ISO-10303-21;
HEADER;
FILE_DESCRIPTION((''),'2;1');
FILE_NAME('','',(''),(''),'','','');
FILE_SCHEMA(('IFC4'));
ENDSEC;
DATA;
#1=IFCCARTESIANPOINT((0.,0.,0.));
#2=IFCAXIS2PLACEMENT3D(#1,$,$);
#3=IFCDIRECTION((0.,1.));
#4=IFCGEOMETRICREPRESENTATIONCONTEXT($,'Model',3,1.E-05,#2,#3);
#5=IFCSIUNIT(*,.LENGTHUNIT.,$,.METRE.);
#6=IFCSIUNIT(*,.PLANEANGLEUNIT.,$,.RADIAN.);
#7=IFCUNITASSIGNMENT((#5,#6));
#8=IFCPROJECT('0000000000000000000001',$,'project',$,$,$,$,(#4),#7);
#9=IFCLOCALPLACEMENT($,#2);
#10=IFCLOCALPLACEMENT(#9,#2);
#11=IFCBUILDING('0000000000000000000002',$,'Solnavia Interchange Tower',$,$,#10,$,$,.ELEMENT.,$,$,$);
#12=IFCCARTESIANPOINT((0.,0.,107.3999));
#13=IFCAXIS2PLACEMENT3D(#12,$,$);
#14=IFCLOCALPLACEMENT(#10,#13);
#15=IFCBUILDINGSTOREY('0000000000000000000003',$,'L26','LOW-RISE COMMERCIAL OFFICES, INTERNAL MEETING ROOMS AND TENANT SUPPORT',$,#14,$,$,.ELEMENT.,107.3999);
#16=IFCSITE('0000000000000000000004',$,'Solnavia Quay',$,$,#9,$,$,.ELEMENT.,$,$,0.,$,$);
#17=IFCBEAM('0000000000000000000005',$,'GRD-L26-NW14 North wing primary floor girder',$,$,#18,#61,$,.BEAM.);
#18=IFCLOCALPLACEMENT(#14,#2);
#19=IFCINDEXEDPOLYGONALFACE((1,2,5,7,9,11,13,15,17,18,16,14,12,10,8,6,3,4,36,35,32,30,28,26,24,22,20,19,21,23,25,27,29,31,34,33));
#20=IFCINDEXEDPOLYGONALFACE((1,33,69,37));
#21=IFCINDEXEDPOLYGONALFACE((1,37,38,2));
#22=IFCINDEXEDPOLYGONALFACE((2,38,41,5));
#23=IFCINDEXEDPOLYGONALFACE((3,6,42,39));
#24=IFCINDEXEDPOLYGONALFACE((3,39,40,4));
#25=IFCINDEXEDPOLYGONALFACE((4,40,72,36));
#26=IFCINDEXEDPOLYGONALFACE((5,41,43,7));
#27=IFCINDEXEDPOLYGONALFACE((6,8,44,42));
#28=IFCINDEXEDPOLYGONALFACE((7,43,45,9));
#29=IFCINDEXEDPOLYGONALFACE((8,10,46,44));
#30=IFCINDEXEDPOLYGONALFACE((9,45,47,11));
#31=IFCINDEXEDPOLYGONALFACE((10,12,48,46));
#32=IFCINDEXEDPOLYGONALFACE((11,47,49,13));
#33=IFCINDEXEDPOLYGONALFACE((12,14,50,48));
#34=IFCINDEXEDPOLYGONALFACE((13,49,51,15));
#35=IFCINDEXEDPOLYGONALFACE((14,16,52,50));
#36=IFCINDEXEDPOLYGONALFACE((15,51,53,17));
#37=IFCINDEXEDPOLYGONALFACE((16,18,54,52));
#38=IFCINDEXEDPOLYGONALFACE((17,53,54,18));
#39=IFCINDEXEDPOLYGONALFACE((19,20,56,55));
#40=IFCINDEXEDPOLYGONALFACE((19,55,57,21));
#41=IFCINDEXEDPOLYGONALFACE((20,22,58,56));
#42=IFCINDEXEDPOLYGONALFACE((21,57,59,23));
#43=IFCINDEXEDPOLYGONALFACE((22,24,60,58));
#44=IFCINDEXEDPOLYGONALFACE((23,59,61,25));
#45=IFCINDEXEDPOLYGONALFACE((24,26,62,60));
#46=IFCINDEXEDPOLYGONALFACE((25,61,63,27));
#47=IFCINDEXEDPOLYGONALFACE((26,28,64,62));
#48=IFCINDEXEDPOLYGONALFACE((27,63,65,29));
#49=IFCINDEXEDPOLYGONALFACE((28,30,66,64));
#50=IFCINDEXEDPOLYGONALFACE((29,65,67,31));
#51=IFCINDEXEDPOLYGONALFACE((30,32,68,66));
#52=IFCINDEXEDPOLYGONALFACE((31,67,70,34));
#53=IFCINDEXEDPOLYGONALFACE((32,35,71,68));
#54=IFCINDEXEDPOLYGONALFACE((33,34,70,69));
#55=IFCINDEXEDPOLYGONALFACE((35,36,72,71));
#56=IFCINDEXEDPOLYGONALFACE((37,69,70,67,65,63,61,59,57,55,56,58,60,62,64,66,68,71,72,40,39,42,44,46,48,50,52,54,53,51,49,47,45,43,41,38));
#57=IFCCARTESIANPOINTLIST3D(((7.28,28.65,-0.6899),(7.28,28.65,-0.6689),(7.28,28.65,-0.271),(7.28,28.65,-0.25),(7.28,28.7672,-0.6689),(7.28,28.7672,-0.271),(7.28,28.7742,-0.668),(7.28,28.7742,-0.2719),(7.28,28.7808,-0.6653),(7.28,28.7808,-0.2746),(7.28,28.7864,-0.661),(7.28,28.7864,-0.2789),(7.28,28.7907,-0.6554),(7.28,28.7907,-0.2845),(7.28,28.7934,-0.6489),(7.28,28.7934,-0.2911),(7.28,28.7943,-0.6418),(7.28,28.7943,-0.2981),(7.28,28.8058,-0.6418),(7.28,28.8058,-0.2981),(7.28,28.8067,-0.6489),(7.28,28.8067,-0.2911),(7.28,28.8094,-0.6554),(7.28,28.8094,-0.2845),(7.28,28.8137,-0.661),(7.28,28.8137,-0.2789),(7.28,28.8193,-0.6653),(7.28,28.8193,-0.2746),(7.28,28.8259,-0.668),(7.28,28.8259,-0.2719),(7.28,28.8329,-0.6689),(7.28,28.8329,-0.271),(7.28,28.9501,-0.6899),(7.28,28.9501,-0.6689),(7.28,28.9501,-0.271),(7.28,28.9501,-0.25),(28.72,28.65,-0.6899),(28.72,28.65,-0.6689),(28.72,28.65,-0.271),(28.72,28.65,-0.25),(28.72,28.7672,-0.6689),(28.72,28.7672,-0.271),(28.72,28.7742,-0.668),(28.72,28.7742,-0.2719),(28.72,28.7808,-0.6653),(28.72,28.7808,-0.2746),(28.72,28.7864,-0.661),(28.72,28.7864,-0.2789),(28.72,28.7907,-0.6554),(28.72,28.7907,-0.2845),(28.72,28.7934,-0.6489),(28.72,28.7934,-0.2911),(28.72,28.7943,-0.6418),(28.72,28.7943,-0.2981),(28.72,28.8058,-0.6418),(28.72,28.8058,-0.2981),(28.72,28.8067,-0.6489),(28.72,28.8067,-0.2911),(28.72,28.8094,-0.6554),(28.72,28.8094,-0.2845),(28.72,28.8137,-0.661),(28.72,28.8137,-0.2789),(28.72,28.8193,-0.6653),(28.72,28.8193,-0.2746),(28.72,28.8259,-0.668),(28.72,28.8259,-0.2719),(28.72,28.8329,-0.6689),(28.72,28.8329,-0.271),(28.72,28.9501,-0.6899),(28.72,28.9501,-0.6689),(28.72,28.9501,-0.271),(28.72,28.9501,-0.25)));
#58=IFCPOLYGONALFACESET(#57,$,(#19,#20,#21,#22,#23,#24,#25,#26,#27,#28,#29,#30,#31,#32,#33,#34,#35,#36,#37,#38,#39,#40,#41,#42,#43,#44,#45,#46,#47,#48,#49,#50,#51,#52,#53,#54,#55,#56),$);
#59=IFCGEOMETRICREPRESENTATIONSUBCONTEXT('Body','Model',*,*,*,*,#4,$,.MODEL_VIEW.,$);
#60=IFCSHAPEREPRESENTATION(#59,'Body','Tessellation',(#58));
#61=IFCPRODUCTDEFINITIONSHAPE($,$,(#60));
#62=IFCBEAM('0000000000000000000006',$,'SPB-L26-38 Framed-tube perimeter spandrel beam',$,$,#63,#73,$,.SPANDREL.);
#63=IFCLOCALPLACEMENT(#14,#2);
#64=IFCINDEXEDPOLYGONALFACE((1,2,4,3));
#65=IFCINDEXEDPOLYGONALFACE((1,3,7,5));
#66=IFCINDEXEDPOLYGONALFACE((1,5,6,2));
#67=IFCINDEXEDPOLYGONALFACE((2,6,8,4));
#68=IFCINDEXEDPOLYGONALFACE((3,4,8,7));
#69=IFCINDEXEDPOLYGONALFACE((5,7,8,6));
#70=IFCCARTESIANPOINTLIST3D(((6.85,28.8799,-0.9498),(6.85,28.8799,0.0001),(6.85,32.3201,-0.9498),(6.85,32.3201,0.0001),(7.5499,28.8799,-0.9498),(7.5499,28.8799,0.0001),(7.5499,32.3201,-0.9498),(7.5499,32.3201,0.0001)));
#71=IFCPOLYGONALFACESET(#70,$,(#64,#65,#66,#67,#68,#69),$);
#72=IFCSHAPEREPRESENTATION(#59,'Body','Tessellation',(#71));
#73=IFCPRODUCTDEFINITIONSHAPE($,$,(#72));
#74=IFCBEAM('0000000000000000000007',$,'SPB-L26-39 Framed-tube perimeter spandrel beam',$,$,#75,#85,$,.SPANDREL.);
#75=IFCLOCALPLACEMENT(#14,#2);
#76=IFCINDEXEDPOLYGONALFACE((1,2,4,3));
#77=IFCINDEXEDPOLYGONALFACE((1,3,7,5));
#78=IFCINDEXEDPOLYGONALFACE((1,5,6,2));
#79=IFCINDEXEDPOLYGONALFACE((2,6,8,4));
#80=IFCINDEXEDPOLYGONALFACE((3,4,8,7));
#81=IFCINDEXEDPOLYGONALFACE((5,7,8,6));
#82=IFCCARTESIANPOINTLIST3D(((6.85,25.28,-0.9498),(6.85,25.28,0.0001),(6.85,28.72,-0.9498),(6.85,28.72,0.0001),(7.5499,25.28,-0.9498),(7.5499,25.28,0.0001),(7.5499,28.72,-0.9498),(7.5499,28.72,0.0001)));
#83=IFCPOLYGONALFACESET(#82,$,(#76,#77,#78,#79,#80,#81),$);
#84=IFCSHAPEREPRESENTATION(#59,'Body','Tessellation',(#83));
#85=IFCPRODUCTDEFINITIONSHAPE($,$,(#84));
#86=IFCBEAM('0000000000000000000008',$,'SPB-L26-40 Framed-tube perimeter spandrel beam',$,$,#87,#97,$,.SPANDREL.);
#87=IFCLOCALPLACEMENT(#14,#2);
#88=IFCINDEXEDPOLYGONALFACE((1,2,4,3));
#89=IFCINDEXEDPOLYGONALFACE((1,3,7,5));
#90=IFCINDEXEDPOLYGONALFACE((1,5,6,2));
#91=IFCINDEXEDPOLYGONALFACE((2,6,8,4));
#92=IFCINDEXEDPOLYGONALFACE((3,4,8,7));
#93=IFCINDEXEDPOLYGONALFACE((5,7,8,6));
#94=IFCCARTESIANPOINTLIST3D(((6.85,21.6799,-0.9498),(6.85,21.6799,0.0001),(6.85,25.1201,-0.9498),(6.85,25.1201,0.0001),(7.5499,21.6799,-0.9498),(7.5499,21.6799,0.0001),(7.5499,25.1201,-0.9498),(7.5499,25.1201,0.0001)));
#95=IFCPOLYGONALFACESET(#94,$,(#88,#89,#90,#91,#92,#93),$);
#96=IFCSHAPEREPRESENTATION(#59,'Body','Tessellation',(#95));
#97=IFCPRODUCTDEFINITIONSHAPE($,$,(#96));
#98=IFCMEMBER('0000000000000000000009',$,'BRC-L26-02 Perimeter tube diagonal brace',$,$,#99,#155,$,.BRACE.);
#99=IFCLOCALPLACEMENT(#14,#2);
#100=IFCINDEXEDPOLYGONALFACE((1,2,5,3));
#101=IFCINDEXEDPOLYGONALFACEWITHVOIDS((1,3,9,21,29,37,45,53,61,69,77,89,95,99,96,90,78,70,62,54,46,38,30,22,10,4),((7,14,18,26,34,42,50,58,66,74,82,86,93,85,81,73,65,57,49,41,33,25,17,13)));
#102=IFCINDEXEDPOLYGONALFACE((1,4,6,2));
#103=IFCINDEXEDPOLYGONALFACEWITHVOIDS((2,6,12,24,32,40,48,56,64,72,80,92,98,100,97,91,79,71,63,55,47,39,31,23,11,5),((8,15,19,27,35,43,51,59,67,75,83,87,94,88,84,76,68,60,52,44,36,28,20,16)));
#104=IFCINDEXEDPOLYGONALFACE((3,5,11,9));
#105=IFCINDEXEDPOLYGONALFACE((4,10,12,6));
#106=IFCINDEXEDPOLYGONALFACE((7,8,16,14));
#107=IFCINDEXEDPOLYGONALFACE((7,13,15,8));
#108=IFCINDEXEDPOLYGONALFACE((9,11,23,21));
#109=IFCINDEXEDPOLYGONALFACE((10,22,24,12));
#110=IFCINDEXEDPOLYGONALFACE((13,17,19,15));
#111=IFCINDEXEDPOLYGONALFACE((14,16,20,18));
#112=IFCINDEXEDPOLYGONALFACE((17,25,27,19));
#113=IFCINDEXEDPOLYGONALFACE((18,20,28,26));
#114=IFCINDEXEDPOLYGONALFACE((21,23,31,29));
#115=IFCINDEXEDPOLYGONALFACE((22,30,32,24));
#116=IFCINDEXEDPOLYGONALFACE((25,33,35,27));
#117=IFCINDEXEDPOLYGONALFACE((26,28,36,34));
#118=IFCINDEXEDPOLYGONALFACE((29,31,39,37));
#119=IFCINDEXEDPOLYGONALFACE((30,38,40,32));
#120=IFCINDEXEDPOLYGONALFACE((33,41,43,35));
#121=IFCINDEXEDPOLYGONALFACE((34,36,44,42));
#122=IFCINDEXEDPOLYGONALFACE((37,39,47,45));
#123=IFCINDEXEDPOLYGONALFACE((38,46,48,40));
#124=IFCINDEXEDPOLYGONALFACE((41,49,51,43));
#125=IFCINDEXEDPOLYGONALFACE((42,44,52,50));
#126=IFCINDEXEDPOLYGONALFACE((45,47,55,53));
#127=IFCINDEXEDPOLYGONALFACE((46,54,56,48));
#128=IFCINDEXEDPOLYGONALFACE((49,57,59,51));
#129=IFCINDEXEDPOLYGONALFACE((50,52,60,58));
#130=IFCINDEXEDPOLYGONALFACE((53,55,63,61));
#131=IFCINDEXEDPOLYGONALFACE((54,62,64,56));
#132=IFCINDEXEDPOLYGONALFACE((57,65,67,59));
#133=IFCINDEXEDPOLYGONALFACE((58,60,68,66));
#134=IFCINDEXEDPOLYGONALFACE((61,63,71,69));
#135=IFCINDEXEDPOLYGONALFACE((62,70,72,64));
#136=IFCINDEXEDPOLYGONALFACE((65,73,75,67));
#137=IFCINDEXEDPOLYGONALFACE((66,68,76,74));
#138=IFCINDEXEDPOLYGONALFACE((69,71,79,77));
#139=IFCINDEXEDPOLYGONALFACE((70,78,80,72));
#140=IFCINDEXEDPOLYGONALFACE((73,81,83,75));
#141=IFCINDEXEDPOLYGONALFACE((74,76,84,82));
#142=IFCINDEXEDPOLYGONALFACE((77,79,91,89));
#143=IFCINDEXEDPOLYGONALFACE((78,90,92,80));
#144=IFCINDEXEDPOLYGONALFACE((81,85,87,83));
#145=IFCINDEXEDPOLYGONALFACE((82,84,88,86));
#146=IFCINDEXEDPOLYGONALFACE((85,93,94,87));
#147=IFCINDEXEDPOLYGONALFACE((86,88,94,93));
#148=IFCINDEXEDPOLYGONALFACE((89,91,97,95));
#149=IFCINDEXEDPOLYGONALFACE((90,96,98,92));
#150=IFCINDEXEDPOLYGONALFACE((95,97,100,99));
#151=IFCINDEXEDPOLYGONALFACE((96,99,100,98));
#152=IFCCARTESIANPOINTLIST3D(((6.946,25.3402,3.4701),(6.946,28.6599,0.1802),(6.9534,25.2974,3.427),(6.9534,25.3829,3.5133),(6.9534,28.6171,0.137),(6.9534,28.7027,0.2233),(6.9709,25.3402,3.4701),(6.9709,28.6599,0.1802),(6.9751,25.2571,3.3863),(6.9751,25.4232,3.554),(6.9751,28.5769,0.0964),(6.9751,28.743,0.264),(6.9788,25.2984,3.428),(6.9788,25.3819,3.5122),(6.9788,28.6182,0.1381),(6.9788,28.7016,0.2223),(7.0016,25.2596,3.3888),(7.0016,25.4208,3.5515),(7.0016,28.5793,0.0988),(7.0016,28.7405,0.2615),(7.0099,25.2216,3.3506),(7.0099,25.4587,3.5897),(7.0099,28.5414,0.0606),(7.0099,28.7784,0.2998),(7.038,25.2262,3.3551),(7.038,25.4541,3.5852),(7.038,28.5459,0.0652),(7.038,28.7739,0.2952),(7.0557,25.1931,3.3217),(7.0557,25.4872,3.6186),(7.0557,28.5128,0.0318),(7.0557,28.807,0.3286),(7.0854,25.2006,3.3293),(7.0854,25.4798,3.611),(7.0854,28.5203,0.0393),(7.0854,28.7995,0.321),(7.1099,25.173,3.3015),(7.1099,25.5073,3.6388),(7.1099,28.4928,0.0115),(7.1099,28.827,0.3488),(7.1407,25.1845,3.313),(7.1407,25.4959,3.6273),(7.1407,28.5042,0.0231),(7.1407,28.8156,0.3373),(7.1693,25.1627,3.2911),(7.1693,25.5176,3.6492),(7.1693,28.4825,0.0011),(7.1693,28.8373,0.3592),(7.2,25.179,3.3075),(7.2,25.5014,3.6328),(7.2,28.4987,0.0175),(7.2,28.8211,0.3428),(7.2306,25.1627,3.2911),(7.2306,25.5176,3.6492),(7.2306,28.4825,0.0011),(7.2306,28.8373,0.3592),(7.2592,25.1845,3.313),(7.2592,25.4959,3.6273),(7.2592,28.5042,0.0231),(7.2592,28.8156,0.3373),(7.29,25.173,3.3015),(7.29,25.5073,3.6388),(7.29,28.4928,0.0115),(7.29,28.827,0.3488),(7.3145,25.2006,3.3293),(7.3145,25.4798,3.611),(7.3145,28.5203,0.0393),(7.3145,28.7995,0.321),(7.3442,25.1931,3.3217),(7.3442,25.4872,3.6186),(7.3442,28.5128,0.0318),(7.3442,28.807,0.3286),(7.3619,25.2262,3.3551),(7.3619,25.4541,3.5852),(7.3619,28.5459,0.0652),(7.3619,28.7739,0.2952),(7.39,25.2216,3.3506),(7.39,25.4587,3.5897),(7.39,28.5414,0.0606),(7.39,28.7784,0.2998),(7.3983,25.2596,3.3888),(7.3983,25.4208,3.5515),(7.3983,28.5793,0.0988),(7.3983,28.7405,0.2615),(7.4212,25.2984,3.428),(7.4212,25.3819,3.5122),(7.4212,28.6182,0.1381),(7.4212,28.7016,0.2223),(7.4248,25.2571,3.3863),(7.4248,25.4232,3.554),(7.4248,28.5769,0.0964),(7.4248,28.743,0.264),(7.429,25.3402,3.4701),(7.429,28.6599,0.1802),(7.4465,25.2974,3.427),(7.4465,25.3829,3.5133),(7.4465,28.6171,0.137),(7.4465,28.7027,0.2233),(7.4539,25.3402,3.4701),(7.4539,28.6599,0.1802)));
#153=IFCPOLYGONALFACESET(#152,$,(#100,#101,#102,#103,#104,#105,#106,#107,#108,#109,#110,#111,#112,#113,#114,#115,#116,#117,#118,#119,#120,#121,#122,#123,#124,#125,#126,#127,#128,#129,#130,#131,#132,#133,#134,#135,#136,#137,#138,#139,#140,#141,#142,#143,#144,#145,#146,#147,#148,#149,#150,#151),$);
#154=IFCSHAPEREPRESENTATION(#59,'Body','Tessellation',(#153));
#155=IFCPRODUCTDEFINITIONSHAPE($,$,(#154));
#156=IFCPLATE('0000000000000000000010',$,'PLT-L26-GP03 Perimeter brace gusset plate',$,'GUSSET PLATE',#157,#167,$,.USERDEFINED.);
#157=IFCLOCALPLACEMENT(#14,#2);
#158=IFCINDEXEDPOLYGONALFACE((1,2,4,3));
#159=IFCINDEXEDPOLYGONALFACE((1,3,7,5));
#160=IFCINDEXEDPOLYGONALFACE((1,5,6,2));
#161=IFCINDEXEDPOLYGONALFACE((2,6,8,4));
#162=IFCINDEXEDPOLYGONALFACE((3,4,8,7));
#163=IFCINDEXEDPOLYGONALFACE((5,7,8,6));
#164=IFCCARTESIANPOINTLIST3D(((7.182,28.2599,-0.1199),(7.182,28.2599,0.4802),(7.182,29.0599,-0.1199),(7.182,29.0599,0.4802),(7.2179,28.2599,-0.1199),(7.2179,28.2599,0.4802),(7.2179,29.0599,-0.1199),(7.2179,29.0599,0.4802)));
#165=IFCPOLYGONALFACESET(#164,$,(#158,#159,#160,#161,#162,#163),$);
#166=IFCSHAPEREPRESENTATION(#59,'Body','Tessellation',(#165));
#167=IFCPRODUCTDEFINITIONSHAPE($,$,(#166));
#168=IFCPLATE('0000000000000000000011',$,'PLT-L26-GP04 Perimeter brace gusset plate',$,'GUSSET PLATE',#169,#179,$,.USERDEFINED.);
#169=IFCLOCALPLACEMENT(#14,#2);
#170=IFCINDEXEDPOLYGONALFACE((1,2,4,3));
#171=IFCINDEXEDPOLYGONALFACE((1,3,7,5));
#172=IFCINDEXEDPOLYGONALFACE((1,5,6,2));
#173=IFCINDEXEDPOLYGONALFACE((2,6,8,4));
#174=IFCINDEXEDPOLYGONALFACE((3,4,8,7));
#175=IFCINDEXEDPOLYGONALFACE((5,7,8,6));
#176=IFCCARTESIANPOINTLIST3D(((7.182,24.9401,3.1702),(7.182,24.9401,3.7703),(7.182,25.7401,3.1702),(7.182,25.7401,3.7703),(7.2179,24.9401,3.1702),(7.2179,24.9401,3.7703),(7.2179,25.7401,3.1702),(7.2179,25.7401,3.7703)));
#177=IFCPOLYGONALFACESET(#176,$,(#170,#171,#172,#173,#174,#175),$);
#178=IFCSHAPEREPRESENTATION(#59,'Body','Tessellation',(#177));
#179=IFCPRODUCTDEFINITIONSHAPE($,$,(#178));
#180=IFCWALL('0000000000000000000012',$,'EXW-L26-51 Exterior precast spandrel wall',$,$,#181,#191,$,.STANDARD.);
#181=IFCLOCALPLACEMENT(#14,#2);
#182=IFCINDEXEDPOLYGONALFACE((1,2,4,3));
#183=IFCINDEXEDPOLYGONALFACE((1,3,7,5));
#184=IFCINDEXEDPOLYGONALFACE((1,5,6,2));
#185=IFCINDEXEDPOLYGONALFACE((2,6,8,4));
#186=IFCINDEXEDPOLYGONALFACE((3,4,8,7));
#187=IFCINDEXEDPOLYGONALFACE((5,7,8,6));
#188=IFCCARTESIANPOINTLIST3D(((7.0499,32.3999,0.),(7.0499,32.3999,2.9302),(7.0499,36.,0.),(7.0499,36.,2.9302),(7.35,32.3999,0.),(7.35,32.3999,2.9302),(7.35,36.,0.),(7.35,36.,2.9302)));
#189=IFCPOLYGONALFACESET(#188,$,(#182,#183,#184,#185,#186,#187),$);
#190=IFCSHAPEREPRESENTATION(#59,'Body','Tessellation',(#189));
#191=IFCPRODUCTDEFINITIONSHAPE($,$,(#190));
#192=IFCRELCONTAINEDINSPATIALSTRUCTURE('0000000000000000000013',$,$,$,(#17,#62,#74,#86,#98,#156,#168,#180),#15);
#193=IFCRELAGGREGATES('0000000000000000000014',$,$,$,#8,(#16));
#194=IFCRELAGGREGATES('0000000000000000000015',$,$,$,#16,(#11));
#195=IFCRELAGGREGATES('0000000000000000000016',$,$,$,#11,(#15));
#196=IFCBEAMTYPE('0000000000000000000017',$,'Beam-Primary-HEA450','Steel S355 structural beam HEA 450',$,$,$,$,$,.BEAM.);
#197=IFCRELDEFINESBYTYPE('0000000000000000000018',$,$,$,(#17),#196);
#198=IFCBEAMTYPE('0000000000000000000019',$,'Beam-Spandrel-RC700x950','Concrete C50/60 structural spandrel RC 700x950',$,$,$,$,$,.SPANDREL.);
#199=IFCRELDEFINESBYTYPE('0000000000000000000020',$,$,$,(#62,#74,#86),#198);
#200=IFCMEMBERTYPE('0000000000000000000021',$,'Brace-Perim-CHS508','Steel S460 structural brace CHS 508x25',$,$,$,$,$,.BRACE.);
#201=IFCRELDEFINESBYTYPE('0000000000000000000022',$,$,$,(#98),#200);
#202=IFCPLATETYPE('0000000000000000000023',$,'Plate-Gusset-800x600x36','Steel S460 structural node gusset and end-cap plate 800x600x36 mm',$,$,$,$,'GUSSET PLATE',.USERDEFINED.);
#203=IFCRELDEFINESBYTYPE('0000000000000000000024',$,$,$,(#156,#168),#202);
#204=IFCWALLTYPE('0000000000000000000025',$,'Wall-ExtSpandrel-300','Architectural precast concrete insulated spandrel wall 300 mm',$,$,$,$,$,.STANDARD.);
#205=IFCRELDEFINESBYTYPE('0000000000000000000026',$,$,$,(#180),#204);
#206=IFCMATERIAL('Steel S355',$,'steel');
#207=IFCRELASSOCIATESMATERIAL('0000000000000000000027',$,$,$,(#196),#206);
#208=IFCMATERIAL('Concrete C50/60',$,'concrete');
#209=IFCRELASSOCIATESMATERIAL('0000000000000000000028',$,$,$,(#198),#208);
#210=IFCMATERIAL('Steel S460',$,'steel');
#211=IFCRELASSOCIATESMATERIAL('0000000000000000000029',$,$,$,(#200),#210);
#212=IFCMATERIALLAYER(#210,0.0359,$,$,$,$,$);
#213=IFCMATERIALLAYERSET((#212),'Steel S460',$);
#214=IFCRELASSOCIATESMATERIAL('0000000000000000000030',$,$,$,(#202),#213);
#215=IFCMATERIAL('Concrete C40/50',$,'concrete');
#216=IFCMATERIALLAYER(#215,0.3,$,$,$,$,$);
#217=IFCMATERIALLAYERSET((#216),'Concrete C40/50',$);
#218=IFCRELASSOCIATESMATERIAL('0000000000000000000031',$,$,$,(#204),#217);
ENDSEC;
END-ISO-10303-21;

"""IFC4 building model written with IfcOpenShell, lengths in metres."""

from ifc_helpers import new_model, si_unit, direction, frame, frame_2d, origin, origin_2d, place, context, subcontext, project, spatial, rectangle, hollow_circle, i_section, extrude, material, layer, layer_set, material_profile, profile_set, type_object, element, save


model = new_model("IFC4")

# Units and contexts
model_context = context("Model", 3, precision=1e-05, world=origin(), true_north=direction((0.0, 1.0)))
body_context = subcontext(model_context, "Body", "Model", "MODEL_VIEW")
ifc_project = project(units=[si_unit("LENGTHUNIT", "METRE"), si_unit("PLANEANGLEUNIT", "RADIAN")], contexts=[model_context])

# Site, building, storey
site_placement = place(None, origin())
site = spatial("IfcSite", under=ifc_project, at=site_placement, Name="Solnavia Quay", CompositionType="ELEMENT", RefElevation=0.0)
building_placement = place(site_placement, origin())
building = spatial("IfcBuilding", under=site, at=building_placement, Name="Solnavia Interchange Tower", CompositionType="ELEMENT")
storey_placement = place(building_placement, frame((0.0, 0.0, 107.3999)))
storey = spatial("IfcBuildingStorey", under=building, at=storey_placement, Name="L26", Description="LOW-RISE COMMERCIAL OFFICES, INTERNAL MEETING ROOMS AND TENANT SUPPORT", CompositionType="ELEMENT", Elevation=107.3999)

# Shared definitions
ifc_material_1 = material(Name="Concrete C50/60", Category="concrete")

# Beams
ifc_material_2 = material(Name="Steel S355", Category="steel")
ifc_material_profile_1 = material_profile(ifc_material_2, i_section(OverallWidth=0.3, OverallDepth=0.4399, WebThickness=0.0115, FlangeThickness=0.021, FilletRadius=0.0271, at=origin_2d()), Name="HEA 450")
ifc_profile_set_1 = profile_set([ifc_material_profile_1], Name="Steel S355")
beam_type_1 = type_object("IfcBeamType", Name="Beam-Primary-HEA450", Description="Steel S355 structural beam HEA 450", PredefinedType="BEAM", material=ifc_profile_set_1)
beam_1_placement = place(storey_placement, frame((7.28, 28.8, -0.47), z_axis=(1.0, 0.0, 0.0), x_axis=(0.0, 1.0, 0.0)))
element("IfcBeam", 1, at=beam_1_placement, inside=storey, type_object=beam_type_1, Name="GRD-L26-NW14 North wing primary floor girder", PredefinedType="BEAM", context=body_context, shape_type="SweptSolid", body=[
    extrude(i_section(OverallWidth=0.3, OverallDepth=0.4399, WebThickness=0.0115, FlangeThickness=0.021, FilletRadius=0.0271, at=origin_2d()), origin(), (0.0, 0.0, 1.0), 21.4399),
])
ifc_material_profile_2 = material_profile(ifc_material_1, rectangle(XDim=0.7, YDim=0.95, at=origin_2d()), Name="RC 700x950")
ifc_profile_set_2 = profile_set([ifc_material_profile_2], Name="Concrete C50/60")
beam_type_2 = type_object("IfcBeamType", Name="Beam-Spandrel-RC700x950", Description="Concrete C50/60 structural spandrel RC 700x950", PredefinedType="SPANDREL", material=ifc_profile_set_2)
beam_2_placement = place(storey_placement, frame((7.2, 32.3201, -0.4749), z_axis=(0.0, -1.0, 0.0), x_axis=(1.0, 0.0, 0.0)))
element("IfcBeam", 2, at=beam_2_placement, inside=storey, type_object=beam_type_2, Name="SPB-L26-38 Framed-tube perimeter spandrel beam", PredefinedType="SPANDREL", context=body_context, shape_type="SweptSolid", body=[
    extrude(rectangle(XDim=0.7, YDim=0.95, at=origin_2d()), origin(), (0.0, 0.0, 1.0), 3.4402),
])
beam_3_placement = place(storey_placement, frame((7.2, 28.72, -0.4749), z_axis=(0.0, -1.0, 0.0), x_axis=(1.0, 0.0, 0.0)))
element("IfcBeam", 3, at=beam_3_placement, inside=storey, type_object=beam_type_2, Name="SPB-L26-39 Framed-tube perimeter spandrel beam", PredefinedType="SPANDREL", context=body_context, shape_type="SweptSolid", body=[
    extrude(rectangle(XDim=0.7, YDim=0.95, at=origin_2d()), origin(), (0.0, 0.0, 1.0), 3.4399),
])
beam_4_placement = place(storey_placement, frame((7.2, 25.1201, -0.4749), z_axis=(0.0, -1.0, 0.0), x_axis=(1.0, 0.0, 0.0)))
element("IfcBeam", 4, at=beam_4_placement, inside=storey, type_object=beam_type_2, Name="SPB-L26-40 Framed-tube perimeter spandrel beam", PredefinedType="SPANDREL", context=body_context, shape_type="SweptSolid", body=[
    extrude(rectangle(XDim=0.7, YDim=0.95, at=origin_2d()), origin(), (0.0, 0.0, 1.0), 3.4402),
])

# Member
ifc_material_3 = material(Name="Steel S460", Category="steel")
ifc_material_profile_3 = material_profile(ifc_material_3, hollow_circle(Radius=0.2539, WallThickness=0.0249, at=origin_2d()), Name="CHS 508x25")
ifc_profile_set_3 = profile_set([ifc_material_profile_3], Name="Steel S460")
member_type = type_object("IfcMemberType", Name="Brace-Perim-CHS508", Description="Steel S460 structural brace CHS 508x25", PredefinedType="BRACE", material=ifc_profile_set_3)
member_placement = place(storey_placement, frame((7.2, 28.6599, 0.1802), z_axis=(0.0, -0.710286, 0.703913), x_axis=(1.0, 0.0, 0.0)))
element("IfcMember", 5, at=member_placement, inside=storey, type_object=member_type, Name="BRC-L26-02 Perimeter tube diagonal brace", PredefinedType="BRACE", context=body_context, shape_type="SweptSolid", body=[
    extrude(hollow_circle(Radius=0.2539, WallThickness=0.0249, at=origin_2d()), origin(), (0.0, 0.0, 1.0), 4.6738),
])

# Plates
ifc_layer_1 = layer(ifc_material_3, 0.0359)
ifc_layer_set_1 = layer_set([ifc_layer_1], Name="Steel S460")
plate_type = type_object("IfcPlateType", Name="Plate-Gusset-800x600x36", Description="Steel S460 structural node gusset and end-cap plate 800x600x36 mm", ElementType="GUSSET PLATE", PredefinedType="USERDEFINED", material=ifc_layer_set_1)
for number, where, z_axis, x_axis, name in (
    (6, (7.2, 28.6599, -0.1199), (0.0, 0.0, 1.0), (0.0, -1.0, 0.0), "PLT-L26-GP03 Perimeter brace gusset plate"),
    (7, (7.2, 25.3401, 3.1702), (0.0, 0.0, 1.0), (0.0, -1.0, 0.0), "PLT-L26-GP04 Perimeter brace gusset plate"),
):
    element("IfcPlate", number, at=place(storey_placement, frame(where, z_axis=z_axis, x_axis=x_axis)), inside=storey, type_object=plate_type, Name=name, ObjectType="GUSSET PLATE", PredefinedType="USERDEFINED", context=body_context, shape_type="SweptSolid", body=[
        extrude(rectangle(XDim=0.8, YDim=0.0359, at=origin_2d()), origin(), (0.0, 0.0, 1.0), 0.6001),
    ])

# Wall
ifc_material_4 = material(Name="Concrete C40/50", Category="concrete")
ifc_layer_2 = layer(ifc_material_4, 0.3)
ifc_layer_set_2 = layer_set([ifc_layer_2], Name="Concrete C40/50")
wall_type_1 = type_object("IfcWallType", Name="Wall-ExtSpandrel-300", Description="Architectural precast concrete insulated spandrel wall 300 mm", PredefinedType="STANDARD", material=ifc_layer_set_2)
wall_1_placement = place(storey_placement, frame((7.2, 32.3999, 0.0), z_axis=(0.0, 0.0, 1.0), x_axis=(0.0, 1.0, 0.0)))
element("IfcWall", 8, at=wall_1_placement, inside=storey, type_object=wall_type_1, Name="EXW-L26-51 Exterior precast spandrel wall", PredefinedType="STANDARD", context=body_context, shape_type="SweptSolid", body=[
    extrude(rectangle(XDim=3.6001, YDim=0.3, at=frame_2d((1.8, 0.0))), origin(), (0.0, 0.0, 1.0), 2.9302),
])

save(model, "model.ifc")
